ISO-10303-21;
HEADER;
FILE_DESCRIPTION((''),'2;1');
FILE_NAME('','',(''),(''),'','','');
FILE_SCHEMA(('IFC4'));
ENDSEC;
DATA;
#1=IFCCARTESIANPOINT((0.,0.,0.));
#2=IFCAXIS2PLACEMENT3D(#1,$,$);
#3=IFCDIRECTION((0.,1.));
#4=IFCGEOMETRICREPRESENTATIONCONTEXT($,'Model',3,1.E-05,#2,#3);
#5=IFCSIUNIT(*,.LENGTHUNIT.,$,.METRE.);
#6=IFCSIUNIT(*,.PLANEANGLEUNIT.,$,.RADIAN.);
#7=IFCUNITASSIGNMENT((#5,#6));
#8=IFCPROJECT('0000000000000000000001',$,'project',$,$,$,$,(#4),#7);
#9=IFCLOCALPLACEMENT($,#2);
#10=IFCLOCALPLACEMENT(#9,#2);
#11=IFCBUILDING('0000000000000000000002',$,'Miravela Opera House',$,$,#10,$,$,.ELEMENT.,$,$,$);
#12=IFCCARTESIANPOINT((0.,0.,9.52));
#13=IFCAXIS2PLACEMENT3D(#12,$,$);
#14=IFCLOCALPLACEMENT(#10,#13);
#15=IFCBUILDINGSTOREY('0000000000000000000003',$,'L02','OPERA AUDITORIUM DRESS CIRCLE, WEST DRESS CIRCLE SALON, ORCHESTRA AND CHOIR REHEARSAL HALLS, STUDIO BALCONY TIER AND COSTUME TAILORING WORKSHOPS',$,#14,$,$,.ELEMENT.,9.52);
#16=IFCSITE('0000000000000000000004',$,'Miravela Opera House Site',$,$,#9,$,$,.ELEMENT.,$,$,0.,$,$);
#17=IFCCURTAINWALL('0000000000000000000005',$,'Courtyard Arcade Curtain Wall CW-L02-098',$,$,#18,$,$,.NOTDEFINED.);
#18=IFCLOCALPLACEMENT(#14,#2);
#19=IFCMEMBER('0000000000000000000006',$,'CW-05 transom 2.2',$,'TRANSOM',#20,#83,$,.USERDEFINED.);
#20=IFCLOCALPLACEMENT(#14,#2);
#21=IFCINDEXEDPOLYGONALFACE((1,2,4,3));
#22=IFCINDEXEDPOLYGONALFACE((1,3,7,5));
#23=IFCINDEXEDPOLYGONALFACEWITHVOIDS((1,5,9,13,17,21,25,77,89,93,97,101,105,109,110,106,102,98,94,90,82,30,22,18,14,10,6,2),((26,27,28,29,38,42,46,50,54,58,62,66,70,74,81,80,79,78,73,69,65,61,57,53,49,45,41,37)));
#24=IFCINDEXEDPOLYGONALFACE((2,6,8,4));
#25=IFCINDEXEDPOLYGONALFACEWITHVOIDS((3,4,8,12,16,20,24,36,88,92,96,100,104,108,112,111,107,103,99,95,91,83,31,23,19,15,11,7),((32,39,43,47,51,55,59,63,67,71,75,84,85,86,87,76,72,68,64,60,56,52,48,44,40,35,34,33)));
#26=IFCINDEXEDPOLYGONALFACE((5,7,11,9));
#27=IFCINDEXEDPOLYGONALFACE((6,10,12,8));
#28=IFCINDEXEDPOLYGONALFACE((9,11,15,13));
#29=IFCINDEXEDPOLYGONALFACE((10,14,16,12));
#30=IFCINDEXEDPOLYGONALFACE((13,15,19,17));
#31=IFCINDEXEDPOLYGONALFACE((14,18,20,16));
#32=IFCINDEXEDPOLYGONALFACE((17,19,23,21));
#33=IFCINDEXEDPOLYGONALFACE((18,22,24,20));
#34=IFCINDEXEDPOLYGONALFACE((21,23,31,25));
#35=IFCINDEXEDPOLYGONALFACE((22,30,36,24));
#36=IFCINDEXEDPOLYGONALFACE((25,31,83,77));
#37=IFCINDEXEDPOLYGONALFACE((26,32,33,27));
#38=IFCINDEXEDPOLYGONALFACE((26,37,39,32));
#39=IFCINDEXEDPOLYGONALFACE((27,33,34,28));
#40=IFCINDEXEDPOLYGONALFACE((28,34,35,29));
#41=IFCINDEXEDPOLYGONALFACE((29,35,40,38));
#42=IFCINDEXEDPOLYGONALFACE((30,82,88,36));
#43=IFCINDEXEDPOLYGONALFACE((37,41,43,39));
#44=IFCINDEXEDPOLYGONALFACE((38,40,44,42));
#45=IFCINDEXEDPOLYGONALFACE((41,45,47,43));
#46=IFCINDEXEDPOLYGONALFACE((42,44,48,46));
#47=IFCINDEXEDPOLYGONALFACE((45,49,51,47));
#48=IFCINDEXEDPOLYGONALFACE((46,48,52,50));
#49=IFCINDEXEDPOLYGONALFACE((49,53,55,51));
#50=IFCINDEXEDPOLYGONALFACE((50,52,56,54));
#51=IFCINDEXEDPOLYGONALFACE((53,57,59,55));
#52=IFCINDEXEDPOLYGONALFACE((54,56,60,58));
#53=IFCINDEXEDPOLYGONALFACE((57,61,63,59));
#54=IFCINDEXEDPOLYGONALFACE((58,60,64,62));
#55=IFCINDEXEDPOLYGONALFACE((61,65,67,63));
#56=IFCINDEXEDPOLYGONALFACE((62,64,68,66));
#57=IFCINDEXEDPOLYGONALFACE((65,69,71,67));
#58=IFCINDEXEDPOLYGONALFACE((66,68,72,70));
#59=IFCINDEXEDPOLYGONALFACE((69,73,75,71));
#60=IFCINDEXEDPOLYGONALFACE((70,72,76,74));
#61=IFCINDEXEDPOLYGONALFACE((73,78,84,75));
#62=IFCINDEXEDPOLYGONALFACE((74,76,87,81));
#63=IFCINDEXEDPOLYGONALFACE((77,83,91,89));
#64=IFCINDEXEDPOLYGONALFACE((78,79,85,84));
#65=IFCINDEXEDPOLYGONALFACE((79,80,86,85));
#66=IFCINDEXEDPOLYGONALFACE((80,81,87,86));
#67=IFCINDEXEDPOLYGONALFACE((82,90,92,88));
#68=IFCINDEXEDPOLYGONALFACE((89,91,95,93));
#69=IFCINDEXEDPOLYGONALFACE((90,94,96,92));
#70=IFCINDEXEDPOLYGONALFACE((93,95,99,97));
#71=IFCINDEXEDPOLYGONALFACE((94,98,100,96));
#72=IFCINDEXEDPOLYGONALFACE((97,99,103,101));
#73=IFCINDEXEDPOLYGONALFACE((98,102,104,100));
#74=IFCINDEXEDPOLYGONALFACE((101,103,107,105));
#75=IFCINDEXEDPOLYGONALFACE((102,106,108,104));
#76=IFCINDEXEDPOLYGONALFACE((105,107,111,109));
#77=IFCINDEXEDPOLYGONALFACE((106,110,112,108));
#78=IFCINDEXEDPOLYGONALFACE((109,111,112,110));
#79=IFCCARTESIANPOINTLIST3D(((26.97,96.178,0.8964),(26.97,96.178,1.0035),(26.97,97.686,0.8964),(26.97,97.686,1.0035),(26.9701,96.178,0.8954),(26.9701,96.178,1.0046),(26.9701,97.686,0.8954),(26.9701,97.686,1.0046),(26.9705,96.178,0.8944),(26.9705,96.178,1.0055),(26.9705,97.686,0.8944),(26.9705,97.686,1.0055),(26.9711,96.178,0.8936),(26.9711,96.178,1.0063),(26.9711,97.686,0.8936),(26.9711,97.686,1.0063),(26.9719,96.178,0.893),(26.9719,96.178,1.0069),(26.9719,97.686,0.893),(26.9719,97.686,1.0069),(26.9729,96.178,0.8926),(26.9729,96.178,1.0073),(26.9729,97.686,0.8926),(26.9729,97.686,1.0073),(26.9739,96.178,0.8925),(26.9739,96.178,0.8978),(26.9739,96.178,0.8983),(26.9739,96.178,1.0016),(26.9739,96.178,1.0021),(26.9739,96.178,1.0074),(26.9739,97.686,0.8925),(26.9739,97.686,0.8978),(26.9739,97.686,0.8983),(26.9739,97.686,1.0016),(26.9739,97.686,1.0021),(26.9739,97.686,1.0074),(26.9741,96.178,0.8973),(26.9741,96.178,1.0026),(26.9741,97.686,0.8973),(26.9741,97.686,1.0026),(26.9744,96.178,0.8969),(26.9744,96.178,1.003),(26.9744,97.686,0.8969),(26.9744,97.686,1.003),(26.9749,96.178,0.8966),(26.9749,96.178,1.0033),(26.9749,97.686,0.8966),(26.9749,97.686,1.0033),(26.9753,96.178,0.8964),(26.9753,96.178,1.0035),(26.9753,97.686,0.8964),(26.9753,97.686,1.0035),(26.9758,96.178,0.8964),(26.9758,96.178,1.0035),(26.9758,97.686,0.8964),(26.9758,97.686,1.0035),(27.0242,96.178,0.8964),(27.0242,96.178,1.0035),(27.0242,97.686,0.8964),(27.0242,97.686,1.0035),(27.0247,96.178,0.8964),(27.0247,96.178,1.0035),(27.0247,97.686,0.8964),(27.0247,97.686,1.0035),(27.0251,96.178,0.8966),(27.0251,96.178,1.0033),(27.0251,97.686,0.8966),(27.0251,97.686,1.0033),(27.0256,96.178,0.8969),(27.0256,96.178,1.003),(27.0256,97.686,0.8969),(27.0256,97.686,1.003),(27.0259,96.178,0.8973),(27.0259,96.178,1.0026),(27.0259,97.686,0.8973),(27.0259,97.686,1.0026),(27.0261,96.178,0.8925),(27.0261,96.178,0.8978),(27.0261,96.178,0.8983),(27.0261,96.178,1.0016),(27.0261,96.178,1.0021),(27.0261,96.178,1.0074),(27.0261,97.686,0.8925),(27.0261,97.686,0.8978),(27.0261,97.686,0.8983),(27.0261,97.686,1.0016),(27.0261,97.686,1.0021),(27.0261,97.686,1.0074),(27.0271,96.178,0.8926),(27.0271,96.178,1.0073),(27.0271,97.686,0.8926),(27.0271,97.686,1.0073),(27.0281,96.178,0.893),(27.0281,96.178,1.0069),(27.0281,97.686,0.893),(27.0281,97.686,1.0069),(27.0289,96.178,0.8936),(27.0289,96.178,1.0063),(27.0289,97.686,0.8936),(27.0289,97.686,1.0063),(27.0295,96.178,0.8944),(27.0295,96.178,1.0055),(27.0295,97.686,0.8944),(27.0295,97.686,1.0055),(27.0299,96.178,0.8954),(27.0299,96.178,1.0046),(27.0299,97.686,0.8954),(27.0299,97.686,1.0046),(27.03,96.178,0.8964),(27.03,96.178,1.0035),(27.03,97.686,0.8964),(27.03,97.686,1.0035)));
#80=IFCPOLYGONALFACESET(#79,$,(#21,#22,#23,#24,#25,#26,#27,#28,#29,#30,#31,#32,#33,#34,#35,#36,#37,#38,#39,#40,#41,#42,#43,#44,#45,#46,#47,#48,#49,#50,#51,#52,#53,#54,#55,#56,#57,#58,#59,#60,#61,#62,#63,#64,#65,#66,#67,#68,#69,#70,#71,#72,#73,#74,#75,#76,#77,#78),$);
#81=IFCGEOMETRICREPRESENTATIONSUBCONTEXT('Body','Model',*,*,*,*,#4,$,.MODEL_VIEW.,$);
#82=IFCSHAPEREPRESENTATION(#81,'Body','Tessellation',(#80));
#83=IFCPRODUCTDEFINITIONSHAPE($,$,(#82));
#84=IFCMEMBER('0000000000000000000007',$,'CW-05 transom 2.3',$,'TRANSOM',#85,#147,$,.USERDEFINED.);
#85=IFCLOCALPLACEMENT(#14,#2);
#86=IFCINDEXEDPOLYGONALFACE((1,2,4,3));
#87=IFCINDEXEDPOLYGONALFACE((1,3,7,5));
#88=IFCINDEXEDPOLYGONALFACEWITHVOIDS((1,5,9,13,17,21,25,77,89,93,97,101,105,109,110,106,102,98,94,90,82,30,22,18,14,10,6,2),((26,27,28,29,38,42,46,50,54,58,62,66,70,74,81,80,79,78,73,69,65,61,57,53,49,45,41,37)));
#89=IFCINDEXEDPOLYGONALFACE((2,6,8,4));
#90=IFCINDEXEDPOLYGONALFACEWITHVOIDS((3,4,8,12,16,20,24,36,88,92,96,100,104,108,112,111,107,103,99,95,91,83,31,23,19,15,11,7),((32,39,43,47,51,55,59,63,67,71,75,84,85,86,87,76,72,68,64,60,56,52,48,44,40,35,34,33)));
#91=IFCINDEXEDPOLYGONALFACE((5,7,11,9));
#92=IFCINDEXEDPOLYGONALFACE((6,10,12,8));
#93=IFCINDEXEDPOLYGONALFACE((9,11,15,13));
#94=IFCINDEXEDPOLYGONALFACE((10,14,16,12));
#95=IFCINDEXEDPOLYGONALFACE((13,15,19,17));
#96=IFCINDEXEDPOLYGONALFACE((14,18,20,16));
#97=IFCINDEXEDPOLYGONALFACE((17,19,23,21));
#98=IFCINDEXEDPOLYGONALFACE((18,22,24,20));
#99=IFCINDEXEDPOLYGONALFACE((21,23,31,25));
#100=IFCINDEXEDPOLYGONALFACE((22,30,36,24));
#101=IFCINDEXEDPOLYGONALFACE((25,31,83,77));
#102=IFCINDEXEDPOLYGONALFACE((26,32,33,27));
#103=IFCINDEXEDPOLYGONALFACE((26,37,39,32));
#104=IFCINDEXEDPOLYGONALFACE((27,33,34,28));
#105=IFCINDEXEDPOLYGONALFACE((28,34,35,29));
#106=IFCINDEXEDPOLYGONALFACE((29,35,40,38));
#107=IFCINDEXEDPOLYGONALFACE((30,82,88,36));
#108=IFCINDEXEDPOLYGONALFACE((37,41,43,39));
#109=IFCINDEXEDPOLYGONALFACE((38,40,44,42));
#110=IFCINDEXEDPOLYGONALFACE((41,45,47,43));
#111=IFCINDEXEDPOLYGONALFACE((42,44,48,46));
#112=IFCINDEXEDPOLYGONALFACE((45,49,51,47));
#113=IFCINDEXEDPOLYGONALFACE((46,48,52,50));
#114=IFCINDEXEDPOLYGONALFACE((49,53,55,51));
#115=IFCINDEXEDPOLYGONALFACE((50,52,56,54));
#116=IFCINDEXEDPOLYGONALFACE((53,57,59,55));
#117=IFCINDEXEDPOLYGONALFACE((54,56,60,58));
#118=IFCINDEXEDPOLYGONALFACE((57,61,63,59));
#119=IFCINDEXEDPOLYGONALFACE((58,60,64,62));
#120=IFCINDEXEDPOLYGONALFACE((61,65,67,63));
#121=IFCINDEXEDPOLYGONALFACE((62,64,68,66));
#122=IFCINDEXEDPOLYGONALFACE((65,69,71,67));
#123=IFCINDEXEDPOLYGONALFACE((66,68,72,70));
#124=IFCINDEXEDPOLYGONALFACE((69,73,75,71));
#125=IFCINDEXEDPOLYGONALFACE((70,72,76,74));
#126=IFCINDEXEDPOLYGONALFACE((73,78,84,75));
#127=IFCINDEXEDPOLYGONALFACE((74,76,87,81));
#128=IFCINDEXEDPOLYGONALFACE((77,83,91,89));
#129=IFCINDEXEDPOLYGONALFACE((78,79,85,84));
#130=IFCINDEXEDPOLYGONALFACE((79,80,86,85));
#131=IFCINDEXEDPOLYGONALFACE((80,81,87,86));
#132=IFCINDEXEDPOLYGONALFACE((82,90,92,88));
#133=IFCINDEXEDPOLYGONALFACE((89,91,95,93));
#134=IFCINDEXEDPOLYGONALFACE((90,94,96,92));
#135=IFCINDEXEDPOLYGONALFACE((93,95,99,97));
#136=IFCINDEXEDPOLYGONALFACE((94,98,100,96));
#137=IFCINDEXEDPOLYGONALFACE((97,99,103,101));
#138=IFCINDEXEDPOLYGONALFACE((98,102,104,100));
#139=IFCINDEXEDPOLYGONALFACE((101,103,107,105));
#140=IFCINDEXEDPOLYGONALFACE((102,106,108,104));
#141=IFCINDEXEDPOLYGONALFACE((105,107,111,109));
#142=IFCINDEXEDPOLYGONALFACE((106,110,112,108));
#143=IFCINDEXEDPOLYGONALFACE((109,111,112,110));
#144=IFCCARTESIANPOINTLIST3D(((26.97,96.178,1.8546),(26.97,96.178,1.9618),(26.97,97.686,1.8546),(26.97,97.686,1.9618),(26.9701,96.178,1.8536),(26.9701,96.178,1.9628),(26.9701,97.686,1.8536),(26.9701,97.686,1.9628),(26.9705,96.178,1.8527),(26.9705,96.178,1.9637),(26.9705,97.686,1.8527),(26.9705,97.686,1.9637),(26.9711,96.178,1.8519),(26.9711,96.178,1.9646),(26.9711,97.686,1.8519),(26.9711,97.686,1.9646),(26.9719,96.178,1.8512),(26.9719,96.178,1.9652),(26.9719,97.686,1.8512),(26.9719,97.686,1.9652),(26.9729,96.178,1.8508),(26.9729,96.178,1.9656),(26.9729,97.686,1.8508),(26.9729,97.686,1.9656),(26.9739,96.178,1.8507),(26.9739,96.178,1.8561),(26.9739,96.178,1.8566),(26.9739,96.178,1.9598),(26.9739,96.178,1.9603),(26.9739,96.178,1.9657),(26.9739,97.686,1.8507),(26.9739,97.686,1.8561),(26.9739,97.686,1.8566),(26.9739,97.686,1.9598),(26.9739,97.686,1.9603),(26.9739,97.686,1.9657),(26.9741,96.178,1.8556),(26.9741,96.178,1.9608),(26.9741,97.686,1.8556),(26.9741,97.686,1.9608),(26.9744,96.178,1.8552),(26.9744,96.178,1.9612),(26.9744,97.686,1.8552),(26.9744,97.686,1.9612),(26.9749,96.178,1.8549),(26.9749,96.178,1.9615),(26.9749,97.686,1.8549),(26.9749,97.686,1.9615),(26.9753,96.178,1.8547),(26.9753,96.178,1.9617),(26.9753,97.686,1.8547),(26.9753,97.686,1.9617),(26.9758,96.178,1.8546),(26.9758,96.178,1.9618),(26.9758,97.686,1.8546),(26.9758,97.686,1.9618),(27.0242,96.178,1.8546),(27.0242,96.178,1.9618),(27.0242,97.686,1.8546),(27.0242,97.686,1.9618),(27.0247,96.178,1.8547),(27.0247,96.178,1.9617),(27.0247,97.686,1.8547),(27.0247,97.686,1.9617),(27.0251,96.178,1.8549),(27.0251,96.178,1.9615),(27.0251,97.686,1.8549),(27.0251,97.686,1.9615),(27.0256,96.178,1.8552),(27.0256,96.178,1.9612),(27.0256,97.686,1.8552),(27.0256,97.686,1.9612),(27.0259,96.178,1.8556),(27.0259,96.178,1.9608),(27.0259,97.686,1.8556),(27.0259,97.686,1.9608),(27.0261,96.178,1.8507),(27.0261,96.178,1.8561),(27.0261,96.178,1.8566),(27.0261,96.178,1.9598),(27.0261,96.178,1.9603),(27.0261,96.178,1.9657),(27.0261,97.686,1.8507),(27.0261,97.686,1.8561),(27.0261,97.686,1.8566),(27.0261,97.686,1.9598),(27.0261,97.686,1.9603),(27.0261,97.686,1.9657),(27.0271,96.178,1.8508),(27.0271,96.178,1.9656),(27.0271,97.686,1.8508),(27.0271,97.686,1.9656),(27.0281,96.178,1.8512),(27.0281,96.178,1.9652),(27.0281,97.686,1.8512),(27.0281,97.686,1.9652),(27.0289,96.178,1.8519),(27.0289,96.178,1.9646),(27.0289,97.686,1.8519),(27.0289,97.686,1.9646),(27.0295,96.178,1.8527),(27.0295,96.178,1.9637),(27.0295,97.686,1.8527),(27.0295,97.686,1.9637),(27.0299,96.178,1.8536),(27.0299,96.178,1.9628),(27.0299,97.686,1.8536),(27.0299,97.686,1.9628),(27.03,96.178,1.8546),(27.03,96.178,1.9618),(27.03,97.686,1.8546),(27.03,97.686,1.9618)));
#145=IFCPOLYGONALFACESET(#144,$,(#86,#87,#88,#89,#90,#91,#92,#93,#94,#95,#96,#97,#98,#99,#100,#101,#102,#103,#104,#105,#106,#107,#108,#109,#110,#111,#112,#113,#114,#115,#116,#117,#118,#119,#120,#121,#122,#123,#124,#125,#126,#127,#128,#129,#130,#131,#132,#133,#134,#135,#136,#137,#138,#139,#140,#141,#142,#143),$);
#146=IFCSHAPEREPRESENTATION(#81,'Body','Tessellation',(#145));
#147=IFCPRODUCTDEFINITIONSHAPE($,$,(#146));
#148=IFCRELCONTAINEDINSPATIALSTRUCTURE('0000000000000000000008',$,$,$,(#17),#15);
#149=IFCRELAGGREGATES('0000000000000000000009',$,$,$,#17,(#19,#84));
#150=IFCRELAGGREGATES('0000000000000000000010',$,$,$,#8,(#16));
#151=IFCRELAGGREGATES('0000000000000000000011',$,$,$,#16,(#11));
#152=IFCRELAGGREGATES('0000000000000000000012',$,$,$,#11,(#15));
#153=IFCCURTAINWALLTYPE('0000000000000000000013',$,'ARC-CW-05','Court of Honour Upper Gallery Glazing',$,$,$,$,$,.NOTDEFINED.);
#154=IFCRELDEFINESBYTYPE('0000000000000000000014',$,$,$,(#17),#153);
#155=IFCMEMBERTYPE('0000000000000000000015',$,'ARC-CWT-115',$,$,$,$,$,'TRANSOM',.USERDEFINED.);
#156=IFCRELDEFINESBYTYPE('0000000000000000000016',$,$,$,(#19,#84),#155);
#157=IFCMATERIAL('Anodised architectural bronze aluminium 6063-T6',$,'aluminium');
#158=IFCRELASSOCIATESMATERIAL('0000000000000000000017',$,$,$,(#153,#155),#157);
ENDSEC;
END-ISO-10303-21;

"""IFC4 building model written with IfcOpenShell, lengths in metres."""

from ifc_helpers import new_model, si_unit, direction, frame, origin, origin_2d, place, context, subcontext, project, spatial, hollow_rectangle, extrude, material, material_profile, profile_set, type_object, element, aggregate, save


model = new_model("IFC4")

# Units and contexts
model_context = context("Model", 3, precision=1e-05, world=origin(), true_north=direction((0.0, 1.0)))
body_context = subcontext(model_context, "Body", "Model", "MODEL_VIEW")
ifc_project = project(units=[si_unit("LENGTHUNIT", "METRE"), si_unit("PLANEANGLEUNIT", "RADIAN")], contexts=[model_context])

# Site, building, storey
site_placement = place(None, origin())
site = spatial("IfcSite", under=ifc_project, at=site_placement, Name="Miravela Opera House Site", CompositionType="ELEMENT", RefElevation=0.0)
building_placement = place(site_placement, origin())
building = spatial("IfcBuilding", under=site, at=building_placement, Name="Miravela Opera House", CompositionType="ELEMENT")
storey_placement = place(building_placement, frame((0.0, 0.0, 9.52)))
storey = spatial("IfcBuildingStorey", under=building, at=storey_placement, Name="L02", Description="OPERA AUDITORIUM DRESS CIRCLE, WEST DRESS CIRCLE SALON, ORCHESTRA AND CHOIR REHEARSAL HALLS, STUDIO BALCONY TIER AND COSTUME TAILORING WORKSHOPS", CompositionType="ELEMENT", Elevation=9.52)

# Curtain wall, members
ifc_material_1 = material(Name="Anodised architectural bronze aluminium 6063-T6", Category="aluminium")
curtain_wall_type = type_object("IfcCurtainWallType", Name="ARC-CW-05", Description="Court of Honour Upper Gallery Glazing", PredefinedType="NOTDEFINED", material=ifc_material_1)
curtain_wall_placement = place(storey_placement, origin())
curtain_wall = element("IfcCurtainWall", 1, at=curtain_wall_placement, inside=storey, type_object=curtain_wall_type, Name="Courtyard Arcade Curtain Wall CW-L02-098", PredefinedType="NOTDEFINED")
ifc_material_profile_1 = material_profile(ifc_material_1, hollow_rectangle(XDim=0.0601, YDim=0.115, WallThickness=0.0039, InnerFilletRadius=0.002, OuterFilletRadius=0.0039, at=origin_2d()), Name="CWT-60X115")
ifc_profile_set_1 = profile_set([ifc_material_profile_1])
member_type_1 = type_object("IfcMemberType", Name="ARC-CWT-115", ElementType="TRANSOM", PredefinedType="USERDEFINED", material=ifc_profile_set_1)
member_1_placement = place(storey_placement, frame((27.0, 96.178, 0.95), z_axis=(0.0, 1.0, 0.0), x_axis=(-1.0, 0.0, 0.0)))
member_1 = element("IfcMember", 2, at=member_1_placement, type_object=member_type_1, Name="CW-05 transom 2.2", ObjectType="TRANSOM", PredefinedType="USERDEFINED", context=body_context, shape_type="SweptSolid", body=[
    extrude(hollow_rectangle(XDim=0.0601, YDim=0.115, WallThickness=0.0039, InnerFilletRadius=0.002, OuterFilletRadius=0.0039, at=origin_2d()), origin(), (0.0, 0.0, 1.0), 1.5081),
])
member_2_placement = place(storey_placement, frame((27.0, 96.178, 1.9082), z_axis=(0.0, 1.0, 0.0), x_axis=(-1.0, 0.0, 0.0)))
member_2 = element("IfcMember", 3, at=member_2_placement, type_object=member_type_1, Name="CW-05 transom 2.3", ObjectType="TRANSOM", PredefinedType="USERDEFINED", context=body_context, shape_type="SweptSolid", body=[
    extrude(hollow_rectangle(XDim=0.0601, YDim=0.115, WallThickness=0.0039, InnerFilletRadius=0.002, OuterFilletRadius=0.0039, at=origin_2d()), origin(), (0.0, 0.0, 1.0), 1.5081),
])
aggregate(curtain_wall, [member_1, member_2])

save(model, "model.ifc")
